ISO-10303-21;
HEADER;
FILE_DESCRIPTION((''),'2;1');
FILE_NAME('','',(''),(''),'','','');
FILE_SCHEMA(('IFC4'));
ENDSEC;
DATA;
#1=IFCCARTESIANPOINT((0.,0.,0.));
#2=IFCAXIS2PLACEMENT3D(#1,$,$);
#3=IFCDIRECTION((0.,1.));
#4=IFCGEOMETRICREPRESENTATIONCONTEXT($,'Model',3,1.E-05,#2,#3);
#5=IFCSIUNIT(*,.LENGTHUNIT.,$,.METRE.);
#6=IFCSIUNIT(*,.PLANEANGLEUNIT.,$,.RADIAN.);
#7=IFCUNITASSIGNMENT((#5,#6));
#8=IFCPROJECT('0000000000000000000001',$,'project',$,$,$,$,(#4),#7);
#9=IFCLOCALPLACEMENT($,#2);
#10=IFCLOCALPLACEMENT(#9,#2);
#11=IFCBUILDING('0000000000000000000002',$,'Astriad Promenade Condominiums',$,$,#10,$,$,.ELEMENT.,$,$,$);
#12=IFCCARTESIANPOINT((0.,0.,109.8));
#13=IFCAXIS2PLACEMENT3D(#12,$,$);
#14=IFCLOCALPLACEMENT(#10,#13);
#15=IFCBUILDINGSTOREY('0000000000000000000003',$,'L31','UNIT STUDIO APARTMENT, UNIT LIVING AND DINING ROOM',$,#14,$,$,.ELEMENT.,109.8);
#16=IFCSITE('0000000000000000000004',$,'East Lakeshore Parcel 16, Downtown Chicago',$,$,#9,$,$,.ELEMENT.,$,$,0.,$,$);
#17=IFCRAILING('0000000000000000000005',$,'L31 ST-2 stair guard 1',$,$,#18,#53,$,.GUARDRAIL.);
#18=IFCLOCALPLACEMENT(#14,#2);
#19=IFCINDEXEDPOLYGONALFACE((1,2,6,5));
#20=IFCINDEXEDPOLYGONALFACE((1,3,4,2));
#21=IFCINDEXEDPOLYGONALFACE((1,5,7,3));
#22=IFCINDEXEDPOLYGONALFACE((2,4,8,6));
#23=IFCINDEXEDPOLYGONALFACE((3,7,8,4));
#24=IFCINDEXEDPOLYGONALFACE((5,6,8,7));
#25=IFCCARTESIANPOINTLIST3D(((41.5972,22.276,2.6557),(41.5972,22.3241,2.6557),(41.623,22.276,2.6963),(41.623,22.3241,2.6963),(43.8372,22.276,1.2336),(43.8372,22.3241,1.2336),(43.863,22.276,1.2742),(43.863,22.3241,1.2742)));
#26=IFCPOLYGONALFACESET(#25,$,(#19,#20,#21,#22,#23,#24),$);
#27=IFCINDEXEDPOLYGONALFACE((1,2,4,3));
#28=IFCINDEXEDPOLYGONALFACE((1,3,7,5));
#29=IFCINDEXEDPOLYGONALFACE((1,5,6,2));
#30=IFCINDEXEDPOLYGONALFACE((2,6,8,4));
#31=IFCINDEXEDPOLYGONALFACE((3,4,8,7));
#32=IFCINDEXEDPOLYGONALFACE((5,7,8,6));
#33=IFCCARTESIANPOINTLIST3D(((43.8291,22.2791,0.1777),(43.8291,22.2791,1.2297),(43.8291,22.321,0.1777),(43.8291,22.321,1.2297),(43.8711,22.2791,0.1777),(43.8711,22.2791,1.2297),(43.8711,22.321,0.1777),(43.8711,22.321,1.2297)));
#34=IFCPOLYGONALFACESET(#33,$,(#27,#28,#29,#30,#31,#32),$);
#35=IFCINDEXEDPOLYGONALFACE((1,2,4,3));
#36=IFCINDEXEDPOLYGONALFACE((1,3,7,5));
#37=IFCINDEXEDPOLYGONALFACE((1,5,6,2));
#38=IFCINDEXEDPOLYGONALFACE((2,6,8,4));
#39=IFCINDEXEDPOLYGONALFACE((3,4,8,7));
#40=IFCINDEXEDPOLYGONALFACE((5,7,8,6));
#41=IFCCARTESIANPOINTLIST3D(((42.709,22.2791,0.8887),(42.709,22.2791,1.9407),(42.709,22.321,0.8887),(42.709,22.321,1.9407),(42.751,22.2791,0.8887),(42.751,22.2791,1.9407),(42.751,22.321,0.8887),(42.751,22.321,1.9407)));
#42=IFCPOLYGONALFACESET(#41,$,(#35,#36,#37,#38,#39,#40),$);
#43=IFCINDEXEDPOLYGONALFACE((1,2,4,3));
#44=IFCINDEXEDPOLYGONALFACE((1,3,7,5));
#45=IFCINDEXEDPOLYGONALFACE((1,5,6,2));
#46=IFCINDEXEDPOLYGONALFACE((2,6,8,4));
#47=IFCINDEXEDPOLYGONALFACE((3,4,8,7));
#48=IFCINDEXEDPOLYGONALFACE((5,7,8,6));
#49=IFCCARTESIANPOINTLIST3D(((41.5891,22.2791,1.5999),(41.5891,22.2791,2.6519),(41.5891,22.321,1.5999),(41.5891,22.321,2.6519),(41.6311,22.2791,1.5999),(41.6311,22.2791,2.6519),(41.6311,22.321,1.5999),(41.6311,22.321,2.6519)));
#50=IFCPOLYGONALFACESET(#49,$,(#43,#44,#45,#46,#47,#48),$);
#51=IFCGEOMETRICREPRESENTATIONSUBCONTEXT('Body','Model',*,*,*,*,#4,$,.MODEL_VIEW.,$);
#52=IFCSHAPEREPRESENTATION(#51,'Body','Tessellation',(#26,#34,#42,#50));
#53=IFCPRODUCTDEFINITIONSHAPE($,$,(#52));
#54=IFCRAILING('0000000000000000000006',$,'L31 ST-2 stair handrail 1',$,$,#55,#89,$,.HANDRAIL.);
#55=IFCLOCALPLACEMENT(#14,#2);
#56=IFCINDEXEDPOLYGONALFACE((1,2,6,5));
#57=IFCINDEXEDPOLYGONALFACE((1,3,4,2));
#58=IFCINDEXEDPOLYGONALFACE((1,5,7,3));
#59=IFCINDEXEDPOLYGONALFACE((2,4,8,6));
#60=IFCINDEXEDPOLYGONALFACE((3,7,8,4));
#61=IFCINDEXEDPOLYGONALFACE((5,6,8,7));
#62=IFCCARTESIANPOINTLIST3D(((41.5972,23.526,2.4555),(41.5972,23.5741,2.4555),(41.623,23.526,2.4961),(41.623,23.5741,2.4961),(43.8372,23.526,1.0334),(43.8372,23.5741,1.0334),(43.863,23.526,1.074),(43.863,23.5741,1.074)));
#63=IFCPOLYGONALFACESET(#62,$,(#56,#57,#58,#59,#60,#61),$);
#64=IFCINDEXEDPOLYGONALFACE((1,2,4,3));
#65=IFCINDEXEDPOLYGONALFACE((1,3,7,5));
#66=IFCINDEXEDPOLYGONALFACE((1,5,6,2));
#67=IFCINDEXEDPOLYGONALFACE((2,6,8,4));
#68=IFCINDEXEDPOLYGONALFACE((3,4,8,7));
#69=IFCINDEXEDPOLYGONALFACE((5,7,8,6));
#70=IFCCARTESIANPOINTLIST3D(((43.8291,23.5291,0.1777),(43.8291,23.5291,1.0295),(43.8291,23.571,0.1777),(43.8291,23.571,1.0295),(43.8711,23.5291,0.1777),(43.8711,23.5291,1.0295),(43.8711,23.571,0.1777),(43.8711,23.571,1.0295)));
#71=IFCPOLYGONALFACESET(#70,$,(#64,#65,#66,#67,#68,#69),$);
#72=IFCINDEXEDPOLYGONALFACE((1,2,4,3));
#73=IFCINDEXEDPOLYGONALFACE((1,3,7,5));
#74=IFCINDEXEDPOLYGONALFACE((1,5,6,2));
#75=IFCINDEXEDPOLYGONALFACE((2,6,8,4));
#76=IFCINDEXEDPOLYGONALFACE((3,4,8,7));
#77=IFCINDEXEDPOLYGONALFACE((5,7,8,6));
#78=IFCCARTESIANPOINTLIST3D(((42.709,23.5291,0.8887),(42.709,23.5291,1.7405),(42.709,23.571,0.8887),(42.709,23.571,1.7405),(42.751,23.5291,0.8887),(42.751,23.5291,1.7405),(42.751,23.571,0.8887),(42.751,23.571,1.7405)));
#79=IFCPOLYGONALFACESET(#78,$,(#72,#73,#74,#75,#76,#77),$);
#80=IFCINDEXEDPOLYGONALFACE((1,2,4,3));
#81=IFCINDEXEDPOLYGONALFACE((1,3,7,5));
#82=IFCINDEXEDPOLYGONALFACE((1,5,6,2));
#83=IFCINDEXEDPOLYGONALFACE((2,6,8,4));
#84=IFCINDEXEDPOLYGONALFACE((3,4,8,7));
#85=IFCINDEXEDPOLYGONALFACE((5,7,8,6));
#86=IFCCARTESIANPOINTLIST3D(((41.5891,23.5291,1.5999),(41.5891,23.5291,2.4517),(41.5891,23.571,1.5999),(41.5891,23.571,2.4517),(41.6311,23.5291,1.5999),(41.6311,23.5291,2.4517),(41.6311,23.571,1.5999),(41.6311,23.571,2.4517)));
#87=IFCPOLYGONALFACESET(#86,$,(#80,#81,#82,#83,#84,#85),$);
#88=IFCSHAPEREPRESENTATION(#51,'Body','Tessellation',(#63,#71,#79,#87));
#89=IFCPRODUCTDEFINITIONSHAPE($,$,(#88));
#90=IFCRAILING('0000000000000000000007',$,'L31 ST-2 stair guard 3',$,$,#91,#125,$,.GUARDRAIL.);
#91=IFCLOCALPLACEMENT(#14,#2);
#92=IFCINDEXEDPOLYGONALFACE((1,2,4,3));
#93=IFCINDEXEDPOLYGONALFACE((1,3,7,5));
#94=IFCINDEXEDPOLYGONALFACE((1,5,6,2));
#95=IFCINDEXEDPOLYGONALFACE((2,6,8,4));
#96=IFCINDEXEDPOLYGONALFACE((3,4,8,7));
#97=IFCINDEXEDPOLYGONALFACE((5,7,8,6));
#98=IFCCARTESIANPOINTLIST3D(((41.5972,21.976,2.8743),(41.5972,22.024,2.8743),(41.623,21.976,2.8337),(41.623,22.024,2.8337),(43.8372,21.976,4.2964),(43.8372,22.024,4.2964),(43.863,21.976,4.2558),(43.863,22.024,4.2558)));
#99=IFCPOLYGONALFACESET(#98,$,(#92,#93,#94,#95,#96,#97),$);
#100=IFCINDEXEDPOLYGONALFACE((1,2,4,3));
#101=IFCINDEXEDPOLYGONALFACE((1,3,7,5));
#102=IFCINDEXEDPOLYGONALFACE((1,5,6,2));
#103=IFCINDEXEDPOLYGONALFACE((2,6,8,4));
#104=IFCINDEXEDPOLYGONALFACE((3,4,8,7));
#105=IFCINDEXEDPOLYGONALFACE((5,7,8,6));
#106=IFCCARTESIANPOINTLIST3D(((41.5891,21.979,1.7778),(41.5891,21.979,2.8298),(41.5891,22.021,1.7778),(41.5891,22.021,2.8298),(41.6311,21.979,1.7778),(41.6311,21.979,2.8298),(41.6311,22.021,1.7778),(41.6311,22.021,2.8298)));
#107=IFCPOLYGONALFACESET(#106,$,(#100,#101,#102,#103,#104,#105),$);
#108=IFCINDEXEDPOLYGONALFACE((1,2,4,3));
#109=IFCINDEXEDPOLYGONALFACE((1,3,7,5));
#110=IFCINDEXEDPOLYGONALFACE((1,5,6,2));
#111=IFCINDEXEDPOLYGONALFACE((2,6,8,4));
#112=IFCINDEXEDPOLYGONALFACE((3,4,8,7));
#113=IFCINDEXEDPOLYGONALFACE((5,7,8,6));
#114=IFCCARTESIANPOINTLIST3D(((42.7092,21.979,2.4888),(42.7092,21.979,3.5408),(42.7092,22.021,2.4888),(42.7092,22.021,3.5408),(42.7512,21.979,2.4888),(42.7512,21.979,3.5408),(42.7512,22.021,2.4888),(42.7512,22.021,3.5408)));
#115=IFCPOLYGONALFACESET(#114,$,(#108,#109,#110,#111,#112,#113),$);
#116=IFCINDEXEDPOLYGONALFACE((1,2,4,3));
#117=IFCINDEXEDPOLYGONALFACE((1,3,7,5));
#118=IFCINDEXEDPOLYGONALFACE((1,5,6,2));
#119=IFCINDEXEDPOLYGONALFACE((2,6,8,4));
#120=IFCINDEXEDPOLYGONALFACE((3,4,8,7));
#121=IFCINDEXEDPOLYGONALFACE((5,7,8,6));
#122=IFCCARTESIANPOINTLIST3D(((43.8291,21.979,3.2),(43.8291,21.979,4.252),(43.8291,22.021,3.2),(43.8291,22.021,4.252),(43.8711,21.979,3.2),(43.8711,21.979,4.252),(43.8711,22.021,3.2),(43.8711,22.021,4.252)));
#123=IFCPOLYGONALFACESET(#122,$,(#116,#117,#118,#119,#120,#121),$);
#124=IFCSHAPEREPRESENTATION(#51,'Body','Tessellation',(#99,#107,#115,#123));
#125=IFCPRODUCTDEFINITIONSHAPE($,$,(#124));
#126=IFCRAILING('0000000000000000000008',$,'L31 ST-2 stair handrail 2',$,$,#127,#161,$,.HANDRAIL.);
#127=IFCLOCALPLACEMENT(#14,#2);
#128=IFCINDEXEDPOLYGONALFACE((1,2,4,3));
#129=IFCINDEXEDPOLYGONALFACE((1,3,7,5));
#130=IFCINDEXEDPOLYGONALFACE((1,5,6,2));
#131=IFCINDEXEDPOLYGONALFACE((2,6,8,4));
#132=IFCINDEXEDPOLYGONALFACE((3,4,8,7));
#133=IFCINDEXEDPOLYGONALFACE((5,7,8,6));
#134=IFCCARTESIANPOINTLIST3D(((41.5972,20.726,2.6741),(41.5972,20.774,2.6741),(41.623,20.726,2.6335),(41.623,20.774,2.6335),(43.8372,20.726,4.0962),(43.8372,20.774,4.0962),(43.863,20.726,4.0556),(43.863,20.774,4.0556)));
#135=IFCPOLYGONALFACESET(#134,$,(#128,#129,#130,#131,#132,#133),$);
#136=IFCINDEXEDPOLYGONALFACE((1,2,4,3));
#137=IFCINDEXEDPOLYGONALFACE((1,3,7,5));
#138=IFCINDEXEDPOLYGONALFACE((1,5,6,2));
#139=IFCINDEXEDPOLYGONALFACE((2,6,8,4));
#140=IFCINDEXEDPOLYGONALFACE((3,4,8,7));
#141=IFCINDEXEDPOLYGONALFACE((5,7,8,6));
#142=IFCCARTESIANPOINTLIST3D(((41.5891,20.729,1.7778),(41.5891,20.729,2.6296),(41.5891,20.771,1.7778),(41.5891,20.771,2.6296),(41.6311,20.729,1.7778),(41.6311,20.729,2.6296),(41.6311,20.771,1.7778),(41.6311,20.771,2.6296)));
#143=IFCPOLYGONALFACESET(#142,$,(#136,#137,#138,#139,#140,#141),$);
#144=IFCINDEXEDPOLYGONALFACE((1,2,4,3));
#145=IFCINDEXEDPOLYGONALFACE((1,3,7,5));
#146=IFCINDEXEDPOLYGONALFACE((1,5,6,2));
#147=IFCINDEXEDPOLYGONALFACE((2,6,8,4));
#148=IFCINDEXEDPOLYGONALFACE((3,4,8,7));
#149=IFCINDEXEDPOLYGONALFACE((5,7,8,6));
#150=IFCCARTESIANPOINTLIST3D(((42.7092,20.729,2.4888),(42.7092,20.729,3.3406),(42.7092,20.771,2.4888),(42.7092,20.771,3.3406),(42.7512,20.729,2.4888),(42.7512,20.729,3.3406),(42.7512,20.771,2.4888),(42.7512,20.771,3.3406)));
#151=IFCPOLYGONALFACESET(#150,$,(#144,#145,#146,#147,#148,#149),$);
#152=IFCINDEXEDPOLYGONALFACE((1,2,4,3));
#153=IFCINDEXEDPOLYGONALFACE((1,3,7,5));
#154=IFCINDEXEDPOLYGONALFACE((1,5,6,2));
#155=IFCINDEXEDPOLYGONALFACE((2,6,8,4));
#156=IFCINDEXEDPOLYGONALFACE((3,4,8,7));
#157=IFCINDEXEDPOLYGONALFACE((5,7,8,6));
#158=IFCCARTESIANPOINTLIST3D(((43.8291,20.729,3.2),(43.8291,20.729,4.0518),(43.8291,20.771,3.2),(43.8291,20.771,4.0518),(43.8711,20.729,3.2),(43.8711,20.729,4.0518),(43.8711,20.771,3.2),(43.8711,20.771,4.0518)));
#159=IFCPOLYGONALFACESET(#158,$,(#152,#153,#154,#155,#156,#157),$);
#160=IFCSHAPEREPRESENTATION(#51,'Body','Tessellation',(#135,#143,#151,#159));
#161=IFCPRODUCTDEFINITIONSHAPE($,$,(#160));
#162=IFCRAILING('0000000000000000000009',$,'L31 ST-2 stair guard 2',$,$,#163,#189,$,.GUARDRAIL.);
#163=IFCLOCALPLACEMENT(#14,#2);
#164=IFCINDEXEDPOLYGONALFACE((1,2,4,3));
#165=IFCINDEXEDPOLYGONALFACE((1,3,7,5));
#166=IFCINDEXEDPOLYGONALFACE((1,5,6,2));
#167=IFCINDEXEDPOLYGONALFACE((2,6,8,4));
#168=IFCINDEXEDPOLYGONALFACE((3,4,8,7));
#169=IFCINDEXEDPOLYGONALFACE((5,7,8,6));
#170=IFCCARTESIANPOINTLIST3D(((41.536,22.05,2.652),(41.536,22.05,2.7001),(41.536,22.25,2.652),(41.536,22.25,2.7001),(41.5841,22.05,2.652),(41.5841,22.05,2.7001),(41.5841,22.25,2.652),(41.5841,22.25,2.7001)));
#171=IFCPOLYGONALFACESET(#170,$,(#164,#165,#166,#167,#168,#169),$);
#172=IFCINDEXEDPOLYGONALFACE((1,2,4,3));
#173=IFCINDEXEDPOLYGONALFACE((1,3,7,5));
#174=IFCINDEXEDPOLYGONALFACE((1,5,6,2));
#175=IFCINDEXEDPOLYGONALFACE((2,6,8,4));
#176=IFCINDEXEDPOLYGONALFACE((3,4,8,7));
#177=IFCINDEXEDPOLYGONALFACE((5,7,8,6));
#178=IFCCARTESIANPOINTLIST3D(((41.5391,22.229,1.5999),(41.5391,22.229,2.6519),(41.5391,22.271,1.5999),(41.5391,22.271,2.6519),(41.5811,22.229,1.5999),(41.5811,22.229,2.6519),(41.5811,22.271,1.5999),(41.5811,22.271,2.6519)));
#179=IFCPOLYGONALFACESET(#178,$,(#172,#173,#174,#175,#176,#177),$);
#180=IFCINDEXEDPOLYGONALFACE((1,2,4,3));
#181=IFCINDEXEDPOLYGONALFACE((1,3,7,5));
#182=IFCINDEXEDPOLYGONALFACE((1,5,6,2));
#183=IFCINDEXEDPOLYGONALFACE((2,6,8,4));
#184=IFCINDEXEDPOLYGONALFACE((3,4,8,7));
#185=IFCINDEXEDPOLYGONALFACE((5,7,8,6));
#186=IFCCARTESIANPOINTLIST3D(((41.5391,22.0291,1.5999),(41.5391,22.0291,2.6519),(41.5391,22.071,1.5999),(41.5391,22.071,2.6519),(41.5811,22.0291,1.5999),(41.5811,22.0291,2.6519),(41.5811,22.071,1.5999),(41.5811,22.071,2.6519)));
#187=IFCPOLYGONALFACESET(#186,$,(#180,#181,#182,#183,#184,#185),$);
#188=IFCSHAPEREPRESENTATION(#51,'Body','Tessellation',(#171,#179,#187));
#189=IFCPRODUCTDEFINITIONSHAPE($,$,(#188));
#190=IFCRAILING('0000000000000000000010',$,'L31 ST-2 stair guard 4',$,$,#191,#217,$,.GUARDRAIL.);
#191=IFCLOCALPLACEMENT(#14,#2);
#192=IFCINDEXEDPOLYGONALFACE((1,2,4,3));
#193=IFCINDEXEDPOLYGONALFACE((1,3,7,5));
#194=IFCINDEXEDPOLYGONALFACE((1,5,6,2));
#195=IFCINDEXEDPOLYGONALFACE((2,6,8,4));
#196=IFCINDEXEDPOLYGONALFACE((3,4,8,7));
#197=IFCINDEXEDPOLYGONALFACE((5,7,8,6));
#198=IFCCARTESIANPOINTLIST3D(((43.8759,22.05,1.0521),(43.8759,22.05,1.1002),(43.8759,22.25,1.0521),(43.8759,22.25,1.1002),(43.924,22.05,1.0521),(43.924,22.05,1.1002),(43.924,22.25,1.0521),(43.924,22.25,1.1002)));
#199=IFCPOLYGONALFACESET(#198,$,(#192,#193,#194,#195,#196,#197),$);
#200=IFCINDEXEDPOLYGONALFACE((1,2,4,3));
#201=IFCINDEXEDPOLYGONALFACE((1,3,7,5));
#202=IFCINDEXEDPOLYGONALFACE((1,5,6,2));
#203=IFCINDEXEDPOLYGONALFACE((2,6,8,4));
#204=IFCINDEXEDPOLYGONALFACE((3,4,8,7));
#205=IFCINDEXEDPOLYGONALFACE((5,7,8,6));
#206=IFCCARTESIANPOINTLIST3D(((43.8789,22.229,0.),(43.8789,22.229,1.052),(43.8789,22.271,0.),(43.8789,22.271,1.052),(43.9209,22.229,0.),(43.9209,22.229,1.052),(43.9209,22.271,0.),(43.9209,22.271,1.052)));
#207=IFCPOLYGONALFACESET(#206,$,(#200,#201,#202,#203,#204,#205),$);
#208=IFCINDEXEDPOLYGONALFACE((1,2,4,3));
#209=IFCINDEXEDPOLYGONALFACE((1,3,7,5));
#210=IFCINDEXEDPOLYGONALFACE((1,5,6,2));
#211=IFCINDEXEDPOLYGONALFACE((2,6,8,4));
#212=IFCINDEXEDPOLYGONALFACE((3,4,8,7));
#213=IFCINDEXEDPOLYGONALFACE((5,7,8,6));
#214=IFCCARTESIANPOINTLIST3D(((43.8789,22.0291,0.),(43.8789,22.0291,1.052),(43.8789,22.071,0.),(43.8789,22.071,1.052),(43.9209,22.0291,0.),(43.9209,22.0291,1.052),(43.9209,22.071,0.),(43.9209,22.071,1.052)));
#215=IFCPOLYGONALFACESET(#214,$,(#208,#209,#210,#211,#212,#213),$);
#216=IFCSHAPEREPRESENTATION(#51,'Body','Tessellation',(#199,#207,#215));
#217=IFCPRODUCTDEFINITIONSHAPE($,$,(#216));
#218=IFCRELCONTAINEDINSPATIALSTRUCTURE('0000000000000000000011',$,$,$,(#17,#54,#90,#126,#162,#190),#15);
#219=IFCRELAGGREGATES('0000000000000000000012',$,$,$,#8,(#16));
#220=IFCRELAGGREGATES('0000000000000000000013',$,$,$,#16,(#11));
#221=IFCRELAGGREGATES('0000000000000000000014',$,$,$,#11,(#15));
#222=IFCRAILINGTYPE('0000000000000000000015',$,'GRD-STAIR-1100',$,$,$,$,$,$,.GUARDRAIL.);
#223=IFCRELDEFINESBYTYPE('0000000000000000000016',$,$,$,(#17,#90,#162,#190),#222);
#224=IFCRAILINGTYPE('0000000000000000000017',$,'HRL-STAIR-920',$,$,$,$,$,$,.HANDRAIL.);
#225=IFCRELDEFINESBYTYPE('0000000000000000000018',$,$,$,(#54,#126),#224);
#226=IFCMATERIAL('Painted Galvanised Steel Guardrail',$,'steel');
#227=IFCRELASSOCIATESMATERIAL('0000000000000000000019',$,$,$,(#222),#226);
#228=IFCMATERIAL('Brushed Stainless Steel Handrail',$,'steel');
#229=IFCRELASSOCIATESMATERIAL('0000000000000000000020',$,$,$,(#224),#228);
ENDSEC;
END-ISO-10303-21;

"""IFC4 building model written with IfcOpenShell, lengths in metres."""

from ifc_helpers import new_model, si_unit, direction, frame, origin, origin_2d, place, context, subcontext, project, spatial, rectangle, extrude, source, transform, mapped, material, type_object, type_shapes, element, save


model = new_model("IFC4")

# Units and contexts
model_context = context("Model", 3, precision=1e-05, world=origin(), true_north=direction((0.0, 1.0)))
body_context = subcontext(model_context, "Body", "Model", "MODEL_VIEW")
ifc_project = project(units=[si_unit("LENGTHUNIT", "METRE"), si_unit("PLANEANGLEUNIT", "RADIAN")], contexts=[model_context])

# Site, building, storey
site_placement = place(None, origin())
site = spatial("IfcSite", under=ifc_project, at=site_placement, Name="East Lakeshore Parcel 16, Downtown Chicago", CompositionType="ELEMENT", RefElevation=0.0)
building_placement = place(site_placement, origin())
building = spatial("IfcBuilding", under=site, at=building_placement, Name="Astriad Promenade Condominiums", CompositionType="ELEMENT")
storey_placement = place(building_placement, frame((0.0, 0.0, 109.8)))
storey = spatial("IfcBuildingStorey", under=building, at=storey_placement, Name="L31", Description="UNIT STUDIO APARTMENT, UNIT LIVING AND DINING ROOM", CompositionType="ELEMENT", Elevation=109.8)

# Railings
ifc_material_1 = material(Name="Painted Galvanised Steel Guardrail", Category="steel")
railing_type_1 = type_object("IfcRailingType", Name="GRD-STAIR-1100", PredefinedType="GUARDRAIL", material=ifc_material_1)
shared_shape_1 = source(origin(), body_context, "Body", "SweptSolid", [
    extrude(rectangle(XDim=0.0481, YDim=0.0481, at=origin_2d()), frame((0.0, 0.0, 1.0762), z_axis=(-0.844229, 0.0, 0.535982), x_axis=(0.0, -1.0, 0.0)), (0.0, 0.0, 1.0), 2.6533),
    extrude(rectangle(XDim=0.042, YDim=0.042, at=origin_2d()), origin(), (0.0, 0.0, 1.0), 1.052),
    extrude(rectangle(XDim=0.042, YDim=0.042, at=origin_2d()), frame((-1.1201, 0.0, 0.7109)), (0.0, 0.0, 1.0), 1.052),
    extrude(rectangle(XDim=0.042, YDim=0.042, at=origin_2d()), frame((-2.24, 0.0, 1.4221)), (0.0, 0.0, 1.0), 1.052),
])
railing_1_placement = place(storey_placement, frame((43.8501, 22.3, 0.1777)))
element("IfcRailing", 1, at=railing_1_placement, inside=storey, type_object=railing_type_1, Name="L31 ST-2 stair guard 1", PredefinedType="GUARDRAIL", context=body_context, shape_type="MappedRepresentation", body=[
    mapped(shared_shape_1, transform((0.0, 0.0, 0.0), scale=1.0)),
])
ifc_material_2 = material(Name="Brushed Stainless Steel Handrail", Category="steel")
railing_type_2 = type_object("IfcRailingType", Name="HRL-STAIR-920", PredefinedType="HANDRAIL", material=ifc_material_2)
shared_shape_2 = source(origin(), body_context, "Body", "SweptSolid", [
    extrude(rectangle(XDim=0.0481, YDim=0.0481, at=origin_2d()), frame((0.0, 0.0, 0.876), z_axis=(-0.844229, 0.0, 0.535982), x_axis=(0.0, -1.0, 0.0)), (0.0, 0.0, 1.0), 2.6533),
    extrude(rectangle(XDim=0.042, YDim=0.042, at=origin_2d()), origin(), (0.0, 0.0, 1.0), 0.8518),
    extrude(rectangle(XDim=0.042, YDim=0.042, at=origin_2d()), frame((-1.1201, 0.0, 0.7109)), (0.0, 0.0, 1.0), 0.8518),
    extrude(rectangle(XDim=0.042, YDim=0.042, at=origin_2d()), frame((-2.24, 0.0, 1.4221)), (0.0, 0.0, 1.0), 0.8518),
])
railing_2_placement = place(storey_placement, frame((43.8501, 23.55, 0.1777)))
element("IfcRailing", 2, at=railing_2_placement, inside=storey, type_object=railing_type_2, Name="L31 ST-2 stair handrail 1", PredefinedType="HANDRAIL", context=body_context, shape_type="MappedRepresentation", body=[
    mapped(shared_shape_2, transform((0.0, 0.0, 0.0), scale=1.0)),
])
shared_shape_3 = source(origin(), body_context, "Body", "SweptSolid", [
    extrude(rectangle(XDim=0.0481, YDim=0.0481, at=origin_2d()), frame((0.0, 0.0, 1.0762), z_axis=(0.844229, 0.0, 0.535982), x_axis=(0.0, 1.0, 0.0)), (0.0, 0.0, 1.0), 2.6533),
    extrude(rectangle(XDim=0.042, YDim=0.042, at=origin_2d()), origin(), (0.0, 0.0, 1.0), 1.052),
    extrude(rectangle(XDim=0.042, YDim=0.042, at=origin_2d()), frame((1.1201, 0.0, 0.7109)), (0.0, 0.0, 1.0), 1.052),
    extrude(rectangle(XDim=0.042, YDim=0.042, at=origin_2d()), frame((2.24, 0.0, 1.4221)), (0.0, 0.0, 1.0), 1.052),
])
railing_3_placement = place(storey_placement, frame((41.6101, 22.0, 1.7778)))
element("IfcRailing", 3, at=railing_3_placement, inside=storey, type_object=railing_type_1, Name="L31 ST-2 stair guard 3", PredefinedType="GUARDRAIL", context=body_context, shape_type="MappedRepresentation", body=[
    mapped(shared_shape_3, transform((0.0, 0.0, 0.0), scale=1.0)),
])
shared_shape_4 = source(origin(), body_context, "Body", "SweptSolid", [
    extrude(rectangle(XDim=0.0481, YDim=0.0481, at=origin_2d()), frame((0.0, 0.0, 0.876), z_axis=(0.844229, 0.0, 0.535982), x_axis=(0.0, 1.0, 0.0)), (0.0, 0.0, 1.0), 2.6533),
    extrude(rectangle(XDim=0.042, YDim=0.042, at=origin_2d()), origin(), (0.0, 0.0, 1.0), 0.8518),
    extrude(rectangle(XDim=0.042, YDim=0.042, at=origin_2d()), frame((1.1201, 0.0, 0.7109)), (0.0, 0.0, 1.0), 0.8518),
    extrude(rectangle(XDim=0.042, YDim=0.042, at=origin_2d()), frame((2.24, 0.0, 1.4221)), (0.0, 0.0, 1.0), 0.8518),
])
type_shapes(railing_type_2, [shared_shape_2, shared_shape_4])
railing_4_placement = place(storey_placement, frame((41.6101, 20.75, 1.7778)))
element("IfcRailing", 4, at=railing_4_placement, inside=storey, type_object=railing_type_2, Name="L31 ST-2 stair handrail 2", PredefinedType="HANDRAIL", context=body_context, shape_type="MappedRepresentation", body=[
    mapped(shared_shape_4, transform((0.0, 0.0, 0.0), scale=1.0)),
])
shared_shape_5 = source(origin(), body_context, "Body", "SweptSolid", [
    extrude(rectangle(XDim=0.0481, YDim=0.0481, at=origin_2d()), frame((0.0, 0.0, 1.0762), z_axis=(0.0, -1.0, 0.0), x_axis=(1.0, 0.0, 0.0)), (0.0, 0.0, 1.0), 0.2),
    extrude(rectangle(XDim=0.042, YDim=0.042, at=origin_2d()), origin(), (0.0, 0.0, 1.0), 1.052),
    extrude(rectangle(XDim=0.042, YDim=0.042, at=origin_2d()), frame((0.0, -0.2, 0.0)), (0.0, 0.0, 1.0), 1.052),
])
type_shapes(railing_type_1, [shared_shape_1, shared_shape_3, shared_shape_5])
for number, where, name in (
    (5, (41.5601, 22.25, 1.5999), "L31 ST-2 stair guard 2"),
    (6, (43.8999, 22.25, 0.0), "L31 ST-2 stair guard 4"),
):
    element("IfcRailing", number, at=place(storey_placement, frame(where)), inside=storey, type_object=railing_type_1, Name=name, PredefinedType="GUARDRAIL", context=body_context, shape_type="MappedRepresentation", body=[
        mapped(shared_shape_5, transform((0.0, 0.0, 0.0), scale=1.0)),
    ])

save(model, "model.ifc")
